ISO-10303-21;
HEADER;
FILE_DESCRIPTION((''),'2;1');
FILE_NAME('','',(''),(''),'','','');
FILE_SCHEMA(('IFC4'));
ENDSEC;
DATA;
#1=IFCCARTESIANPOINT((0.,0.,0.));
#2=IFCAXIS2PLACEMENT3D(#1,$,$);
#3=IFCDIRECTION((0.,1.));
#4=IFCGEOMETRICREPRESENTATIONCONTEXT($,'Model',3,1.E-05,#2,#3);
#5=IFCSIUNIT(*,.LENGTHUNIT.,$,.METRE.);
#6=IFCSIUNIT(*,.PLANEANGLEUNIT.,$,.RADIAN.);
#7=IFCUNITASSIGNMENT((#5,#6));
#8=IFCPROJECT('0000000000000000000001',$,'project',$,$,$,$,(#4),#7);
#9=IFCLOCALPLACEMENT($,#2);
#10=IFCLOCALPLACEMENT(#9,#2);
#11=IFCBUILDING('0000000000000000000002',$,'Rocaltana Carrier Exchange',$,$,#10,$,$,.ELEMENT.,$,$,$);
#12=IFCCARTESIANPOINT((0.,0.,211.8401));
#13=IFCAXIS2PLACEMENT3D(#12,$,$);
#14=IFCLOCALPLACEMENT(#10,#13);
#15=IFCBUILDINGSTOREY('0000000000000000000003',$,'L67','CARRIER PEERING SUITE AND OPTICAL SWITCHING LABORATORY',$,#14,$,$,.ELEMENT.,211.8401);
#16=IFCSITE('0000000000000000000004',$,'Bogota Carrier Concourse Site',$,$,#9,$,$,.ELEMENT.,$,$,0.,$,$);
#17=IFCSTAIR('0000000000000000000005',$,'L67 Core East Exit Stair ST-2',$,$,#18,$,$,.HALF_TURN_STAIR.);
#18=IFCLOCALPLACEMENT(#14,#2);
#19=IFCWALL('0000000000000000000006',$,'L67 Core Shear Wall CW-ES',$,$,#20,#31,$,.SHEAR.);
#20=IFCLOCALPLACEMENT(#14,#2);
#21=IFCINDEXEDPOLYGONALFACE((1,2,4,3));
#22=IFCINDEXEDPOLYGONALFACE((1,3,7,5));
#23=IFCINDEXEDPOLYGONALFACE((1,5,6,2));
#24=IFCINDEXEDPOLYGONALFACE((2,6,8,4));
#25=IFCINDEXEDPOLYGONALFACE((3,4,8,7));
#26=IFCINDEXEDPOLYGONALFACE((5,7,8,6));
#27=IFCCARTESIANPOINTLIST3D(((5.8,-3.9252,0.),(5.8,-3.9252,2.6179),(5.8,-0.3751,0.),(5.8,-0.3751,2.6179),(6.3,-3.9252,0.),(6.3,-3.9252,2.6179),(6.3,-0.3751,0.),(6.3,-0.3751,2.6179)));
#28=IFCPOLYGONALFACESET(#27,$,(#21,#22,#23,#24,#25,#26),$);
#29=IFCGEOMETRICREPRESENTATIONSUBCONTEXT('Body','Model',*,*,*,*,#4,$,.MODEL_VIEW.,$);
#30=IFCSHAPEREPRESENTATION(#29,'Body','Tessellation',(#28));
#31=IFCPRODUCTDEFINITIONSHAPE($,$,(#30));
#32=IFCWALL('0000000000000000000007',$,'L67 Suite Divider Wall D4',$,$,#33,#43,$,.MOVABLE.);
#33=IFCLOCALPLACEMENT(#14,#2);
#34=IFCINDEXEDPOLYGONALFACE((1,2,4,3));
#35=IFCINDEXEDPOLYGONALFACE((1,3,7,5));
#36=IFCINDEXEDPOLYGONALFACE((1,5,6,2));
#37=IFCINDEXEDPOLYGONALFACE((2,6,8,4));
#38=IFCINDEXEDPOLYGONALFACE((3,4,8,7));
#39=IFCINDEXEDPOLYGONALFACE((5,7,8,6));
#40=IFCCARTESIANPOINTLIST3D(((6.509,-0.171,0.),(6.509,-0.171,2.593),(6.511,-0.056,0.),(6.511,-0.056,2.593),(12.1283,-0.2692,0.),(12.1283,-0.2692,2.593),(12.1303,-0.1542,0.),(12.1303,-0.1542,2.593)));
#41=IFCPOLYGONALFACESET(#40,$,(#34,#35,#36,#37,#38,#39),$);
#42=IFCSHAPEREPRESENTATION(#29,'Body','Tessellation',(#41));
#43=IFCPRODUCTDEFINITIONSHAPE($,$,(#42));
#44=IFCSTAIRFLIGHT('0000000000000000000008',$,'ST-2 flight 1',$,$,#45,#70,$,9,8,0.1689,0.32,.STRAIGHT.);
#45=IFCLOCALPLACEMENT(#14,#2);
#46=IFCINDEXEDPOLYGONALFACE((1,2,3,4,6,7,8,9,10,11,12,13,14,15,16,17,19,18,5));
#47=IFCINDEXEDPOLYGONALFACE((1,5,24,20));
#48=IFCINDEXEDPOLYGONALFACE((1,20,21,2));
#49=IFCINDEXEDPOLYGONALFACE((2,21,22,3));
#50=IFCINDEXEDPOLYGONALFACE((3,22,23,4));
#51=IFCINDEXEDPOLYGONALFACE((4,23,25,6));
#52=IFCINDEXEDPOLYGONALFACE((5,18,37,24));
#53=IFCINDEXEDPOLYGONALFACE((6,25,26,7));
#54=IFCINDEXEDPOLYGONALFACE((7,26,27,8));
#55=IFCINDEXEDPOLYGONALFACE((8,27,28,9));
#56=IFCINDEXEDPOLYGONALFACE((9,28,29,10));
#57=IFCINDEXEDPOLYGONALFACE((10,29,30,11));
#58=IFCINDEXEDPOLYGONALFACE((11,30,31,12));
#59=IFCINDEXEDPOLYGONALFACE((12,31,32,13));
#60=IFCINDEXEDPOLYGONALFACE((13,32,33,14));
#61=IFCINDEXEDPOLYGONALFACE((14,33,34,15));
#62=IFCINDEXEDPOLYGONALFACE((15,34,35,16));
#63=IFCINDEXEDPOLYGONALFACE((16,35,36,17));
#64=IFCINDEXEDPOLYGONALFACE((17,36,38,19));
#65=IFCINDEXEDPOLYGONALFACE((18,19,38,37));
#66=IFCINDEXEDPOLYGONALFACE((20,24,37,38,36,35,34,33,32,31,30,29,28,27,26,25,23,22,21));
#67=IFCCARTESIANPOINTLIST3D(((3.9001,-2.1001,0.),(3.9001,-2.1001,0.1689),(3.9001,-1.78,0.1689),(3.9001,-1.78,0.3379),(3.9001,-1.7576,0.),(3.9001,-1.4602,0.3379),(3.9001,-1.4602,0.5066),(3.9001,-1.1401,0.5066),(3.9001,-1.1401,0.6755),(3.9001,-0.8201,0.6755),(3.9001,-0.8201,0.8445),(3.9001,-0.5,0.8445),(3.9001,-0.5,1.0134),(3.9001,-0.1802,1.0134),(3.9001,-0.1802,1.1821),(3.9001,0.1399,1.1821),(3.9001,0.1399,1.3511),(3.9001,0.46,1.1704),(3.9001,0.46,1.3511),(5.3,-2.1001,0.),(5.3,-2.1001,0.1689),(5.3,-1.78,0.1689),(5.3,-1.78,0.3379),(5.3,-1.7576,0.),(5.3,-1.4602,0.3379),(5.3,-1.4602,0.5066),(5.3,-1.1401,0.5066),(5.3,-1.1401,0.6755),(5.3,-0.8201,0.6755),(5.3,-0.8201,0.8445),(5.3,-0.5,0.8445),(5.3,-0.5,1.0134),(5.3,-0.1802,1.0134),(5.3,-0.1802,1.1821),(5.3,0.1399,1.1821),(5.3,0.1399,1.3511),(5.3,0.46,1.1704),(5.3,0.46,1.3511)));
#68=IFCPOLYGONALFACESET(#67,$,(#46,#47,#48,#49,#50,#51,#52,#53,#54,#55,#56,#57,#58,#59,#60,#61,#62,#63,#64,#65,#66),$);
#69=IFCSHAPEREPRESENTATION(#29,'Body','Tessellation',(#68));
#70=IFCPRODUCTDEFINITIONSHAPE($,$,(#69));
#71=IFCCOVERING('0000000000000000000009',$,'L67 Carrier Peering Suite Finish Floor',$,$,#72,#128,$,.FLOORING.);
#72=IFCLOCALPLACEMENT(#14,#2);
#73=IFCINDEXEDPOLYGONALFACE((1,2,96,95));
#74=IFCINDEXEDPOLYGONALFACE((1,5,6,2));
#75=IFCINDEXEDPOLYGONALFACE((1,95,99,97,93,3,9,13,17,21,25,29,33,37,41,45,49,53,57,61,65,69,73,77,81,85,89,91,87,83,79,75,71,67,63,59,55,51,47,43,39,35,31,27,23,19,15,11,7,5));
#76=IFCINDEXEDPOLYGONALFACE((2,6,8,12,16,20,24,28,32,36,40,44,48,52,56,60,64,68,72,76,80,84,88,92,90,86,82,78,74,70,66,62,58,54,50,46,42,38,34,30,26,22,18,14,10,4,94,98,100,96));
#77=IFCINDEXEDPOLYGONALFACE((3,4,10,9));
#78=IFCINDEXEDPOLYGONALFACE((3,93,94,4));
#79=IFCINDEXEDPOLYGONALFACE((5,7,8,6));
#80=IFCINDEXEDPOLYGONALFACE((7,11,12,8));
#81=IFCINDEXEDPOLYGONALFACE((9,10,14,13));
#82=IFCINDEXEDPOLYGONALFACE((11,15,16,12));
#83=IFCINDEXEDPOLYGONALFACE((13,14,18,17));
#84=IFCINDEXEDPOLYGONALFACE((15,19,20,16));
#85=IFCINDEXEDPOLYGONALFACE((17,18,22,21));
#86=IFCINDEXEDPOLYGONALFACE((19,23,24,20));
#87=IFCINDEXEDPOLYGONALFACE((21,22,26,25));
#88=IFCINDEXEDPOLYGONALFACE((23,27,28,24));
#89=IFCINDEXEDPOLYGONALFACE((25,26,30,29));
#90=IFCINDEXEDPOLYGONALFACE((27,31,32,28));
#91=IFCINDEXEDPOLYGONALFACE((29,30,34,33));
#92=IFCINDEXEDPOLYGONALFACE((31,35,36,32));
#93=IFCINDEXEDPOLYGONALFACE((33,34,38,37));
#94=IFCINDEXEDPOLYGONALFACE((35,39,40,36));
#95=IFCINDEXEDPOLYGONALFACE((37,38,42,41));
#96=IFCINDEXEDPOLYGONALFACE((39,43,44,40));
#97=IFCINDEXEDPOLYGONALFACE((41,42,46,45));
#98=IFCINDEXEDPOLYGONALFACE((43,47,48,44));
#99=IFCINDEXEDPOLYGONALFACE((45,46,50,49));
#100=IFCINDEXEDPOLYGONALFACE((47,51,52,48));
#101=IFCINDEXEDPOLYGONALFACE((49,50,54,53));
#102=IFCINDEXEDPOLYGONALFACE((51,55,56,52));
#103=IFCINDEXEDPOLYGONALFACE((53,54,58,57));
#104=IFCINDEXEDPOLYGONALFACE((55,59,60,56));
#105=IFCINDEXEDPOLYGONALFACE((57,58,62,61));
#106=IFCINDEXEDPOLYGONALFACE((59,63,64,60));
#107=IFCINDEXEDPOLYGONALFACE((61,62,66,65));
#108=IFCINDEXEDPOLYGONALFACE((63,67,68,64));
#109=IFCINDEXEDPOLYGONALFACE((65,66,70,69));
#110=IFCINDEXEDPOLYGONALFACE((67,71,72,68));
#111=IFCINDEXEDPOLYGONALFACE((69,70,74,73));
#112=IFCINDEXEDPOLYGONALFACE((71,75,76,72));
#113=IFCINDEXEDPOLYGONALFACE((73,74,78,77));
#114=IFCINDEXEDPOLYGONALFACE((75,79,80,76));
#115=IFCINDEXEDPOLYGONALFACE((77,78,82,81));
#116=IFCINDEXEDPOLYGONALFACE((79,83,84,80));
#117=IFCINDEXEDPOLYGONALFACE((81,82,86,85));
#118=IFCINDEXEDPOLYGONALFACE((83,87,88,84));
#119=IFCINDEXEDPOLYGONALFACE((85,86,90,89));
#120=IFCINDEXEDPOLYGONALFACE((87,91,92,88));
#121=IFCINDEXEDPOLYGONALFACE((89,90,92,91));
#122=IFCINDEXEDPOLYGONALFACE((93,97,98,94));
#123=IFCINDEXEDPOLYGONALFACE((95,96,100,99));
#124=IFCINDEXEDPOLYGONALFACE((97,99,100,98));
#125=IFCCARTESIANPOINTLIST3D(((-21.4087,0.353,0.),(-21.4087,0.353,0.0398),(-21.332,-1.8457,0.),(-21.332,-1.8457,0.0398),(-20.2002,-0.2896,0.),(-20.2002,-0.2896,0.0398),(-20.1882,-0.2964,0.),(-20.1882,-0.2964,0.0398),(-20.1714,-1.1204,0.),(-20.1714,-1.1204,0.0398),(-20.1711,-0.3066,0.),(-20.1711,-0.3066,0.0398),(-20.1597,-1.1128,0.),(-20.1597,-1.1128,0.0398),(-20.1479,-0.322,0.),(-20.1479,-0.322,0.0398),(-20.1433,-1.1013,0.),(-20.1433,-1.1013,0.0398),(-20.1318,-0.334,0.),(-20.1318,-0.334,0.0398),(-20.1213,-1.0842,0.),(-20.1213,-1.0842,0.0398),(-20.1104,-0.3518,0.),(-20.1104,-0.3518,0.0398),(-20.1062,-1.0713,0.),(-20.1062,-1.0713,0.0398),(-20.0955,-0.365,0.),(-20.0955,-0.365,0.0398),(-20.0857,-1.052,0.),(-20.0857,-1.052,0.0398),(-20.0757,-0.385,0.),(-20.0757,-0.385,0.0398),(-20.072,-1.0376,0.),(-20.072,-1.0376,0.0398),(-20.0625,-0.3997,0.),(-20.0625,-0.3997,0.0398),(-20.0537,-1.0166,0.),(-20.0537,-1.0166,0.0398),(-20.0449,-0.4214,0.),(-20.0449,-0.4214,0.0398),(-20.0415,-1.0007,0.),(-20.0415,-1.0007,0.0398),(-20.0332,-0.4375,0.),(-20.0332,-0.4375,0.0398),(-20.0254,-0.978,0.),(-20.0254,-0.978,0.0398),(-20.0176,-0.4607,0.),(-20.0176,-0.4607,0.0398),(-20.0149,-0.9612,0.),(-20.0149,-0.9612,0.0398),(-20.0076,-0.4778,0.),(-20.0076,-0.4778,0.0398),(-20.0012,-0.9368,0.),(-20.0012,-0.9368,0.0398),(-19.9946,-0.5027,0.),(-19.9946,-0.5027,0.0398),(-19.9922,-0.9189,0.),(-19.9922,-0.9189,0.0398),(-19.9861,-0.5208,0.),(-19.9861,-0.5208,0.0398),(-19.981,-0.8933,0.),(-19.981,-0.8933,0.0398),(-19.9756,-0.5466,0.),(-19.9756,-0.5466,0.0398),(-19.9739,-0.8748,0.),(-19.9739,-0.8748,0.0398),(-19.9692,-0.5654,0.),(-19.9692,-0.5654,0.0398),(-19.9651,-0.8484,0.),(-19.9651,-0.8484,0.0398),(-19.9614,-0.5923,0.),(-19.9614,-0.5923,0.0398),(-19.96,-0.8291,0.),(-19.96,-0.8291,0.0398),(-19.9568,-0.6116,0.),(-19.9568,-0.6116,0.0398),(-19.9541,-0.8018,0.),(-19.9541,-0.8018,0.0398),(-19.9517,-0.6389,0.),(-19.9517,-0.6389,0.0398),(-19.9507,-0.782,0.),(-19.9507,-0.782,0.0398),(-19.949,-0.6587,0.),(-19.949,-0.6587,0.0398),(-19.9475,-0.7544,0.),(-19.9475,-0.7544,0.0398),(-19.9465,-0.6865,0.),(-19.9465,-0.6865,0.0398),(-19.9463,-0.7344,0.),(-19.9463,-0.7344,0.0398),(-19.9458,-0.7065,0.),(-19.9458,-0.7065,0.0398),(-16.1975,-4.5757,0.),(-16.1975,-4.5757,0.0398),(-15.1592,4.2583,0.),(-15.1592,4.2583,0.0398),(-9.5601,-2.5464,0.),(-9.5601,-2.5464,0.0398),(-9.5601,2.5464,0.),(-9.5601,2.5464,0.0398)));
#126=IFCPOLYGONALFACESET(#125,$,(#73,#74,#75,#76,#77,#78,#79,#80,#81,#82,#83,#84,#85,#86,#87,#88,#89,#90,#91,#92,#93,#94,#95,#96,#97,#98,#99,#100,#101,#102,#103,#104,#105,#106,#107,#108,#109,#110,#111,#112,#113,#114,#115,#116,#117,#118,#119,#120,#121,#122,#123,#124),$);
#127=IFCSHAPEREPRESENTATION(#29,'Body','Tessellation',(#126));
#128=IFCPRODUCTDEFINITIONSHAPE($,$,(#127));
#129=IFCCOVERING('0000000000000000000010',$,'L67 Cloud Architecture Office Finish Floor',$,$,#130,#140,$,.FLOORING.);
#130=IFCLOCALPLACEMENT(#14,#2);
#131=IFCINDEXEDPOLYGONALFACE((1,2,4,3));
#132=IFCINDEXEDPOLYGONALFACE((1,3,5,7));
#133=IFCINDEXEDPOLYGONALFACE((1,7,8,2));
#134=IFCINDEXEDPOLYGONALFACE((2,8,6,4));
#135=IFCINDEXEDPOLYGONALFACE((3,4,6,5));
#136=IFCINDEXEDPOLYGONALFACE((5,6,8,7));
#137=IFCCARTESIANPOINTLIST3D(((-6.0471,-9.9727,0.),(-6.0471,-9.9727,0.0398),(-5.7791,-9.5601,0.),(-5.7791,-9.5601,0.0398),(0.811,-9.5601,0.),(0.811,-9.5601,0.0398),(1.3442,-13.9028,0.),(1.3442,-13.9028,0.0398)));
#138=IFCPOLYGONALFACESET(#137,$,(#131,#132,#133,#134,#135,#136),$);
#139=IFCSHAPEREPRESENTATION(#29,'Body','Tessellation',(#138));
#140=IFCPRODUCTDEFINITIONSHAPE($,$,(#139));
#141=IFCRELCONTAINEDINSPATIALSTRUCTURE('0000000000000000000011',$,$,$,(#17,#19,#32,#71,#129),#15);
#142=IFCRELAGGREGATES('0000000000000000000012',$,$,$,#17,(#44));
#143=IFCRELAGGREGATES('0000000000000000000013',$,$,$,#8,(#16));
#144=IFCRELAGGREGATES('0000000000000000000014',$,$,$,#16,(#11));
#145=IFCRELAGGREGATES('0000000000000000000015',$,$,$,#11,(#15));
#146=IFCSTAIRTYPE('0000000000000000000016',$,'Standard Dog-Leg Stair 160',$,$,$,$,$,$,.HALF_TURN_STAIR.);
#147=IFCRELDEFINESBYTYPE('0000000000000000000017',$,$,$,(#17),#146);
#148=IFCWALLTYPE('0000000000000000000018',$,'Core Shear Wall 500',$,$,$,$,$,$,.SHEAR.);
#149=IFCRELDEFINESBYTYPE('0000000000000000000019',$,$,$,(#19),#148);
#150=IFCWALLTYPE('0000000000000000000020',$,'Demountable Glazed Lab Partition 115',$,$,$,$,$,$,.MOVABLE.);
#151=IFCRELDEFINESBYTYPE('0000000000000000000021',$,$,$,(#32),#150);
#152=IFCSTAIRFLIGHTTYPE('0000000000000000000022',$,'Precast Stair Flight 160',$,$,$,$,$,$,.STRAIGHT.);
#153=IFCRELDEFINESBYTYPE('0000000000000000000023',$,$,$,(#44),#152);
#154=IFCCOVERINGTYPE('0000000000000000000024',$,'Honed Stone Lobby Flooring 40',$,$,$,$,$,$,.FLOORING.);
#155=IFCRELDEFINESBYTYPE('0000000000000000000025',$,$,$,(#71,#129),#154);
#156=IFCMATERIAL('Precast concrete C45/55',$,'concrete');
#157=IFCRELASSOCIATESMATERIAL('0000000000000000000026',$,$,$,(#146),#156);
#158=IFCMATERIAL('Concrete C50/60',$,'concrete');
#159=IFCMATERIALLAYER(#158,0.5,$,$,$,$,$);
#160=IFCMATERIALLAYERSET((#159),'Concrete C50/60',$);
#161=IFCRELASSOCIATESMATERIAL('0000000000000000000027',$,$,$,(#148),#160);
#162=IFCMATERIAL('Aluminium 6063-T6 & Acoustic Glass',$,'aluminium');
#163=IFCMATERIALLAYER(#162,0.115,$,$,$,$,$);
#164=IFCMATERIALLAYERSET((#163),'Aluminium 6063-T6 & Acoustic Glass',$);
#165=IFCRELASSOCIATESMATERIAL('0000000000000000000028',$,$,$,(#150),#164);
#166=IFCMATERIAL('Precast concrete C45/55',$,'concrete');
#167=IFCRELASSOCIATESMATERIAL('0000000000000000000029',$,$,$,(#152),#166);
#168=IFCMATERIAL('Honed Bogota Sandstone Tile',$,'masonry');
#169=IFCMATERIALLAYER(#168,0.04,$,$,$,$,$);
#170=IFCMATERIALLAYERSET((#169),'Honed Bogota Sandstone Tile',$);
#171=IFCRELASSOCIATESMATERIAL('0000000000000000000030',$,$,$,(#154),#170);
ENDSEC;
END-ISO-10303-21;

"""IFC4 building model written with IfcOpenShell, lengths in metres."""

from ifc_helpers import new_model, si_unit, direction, frame, frame_2d, origin, place, context, subcontext, project, spatial, polyline, rectangle, outline, extrude, material, layer, layer_set, type_object, element, aggregate, save


model = new_model("IFC4")

# Units and contexts
model_context = context("Model", 3, precision=1e-05, world=origin(), true_north=direction((0.0, 1.0)))
body_context = subcontext(model_context, "Body", "Model", "MODEL_VIEW")
ifc_project = project(units=[si_unit("LENGTHUNIT", "METRE"), si_unit("PLANEANGLEUNIT", "RADIAN")], contexts=[model_context])

# Site, building, storey
site_placement = place(None, origin())
site = spatial("IfcSite", under=ifc_project, at=site_placement, Name="Bogota Carrier Concourse Site", CompositionType="ELEMENT", RefElevation=0.0)
building_placement = place(site_placement, origin())
building = spatial("IfcBuilding", under=site, at=building_placement, Name="Rocaltana Carrier Exchange", CompositionType="ELEMENT")
storey_placement = place(building_placement, frame((0.0, 0.0, 211.8401)))
storey = spatial("IfcBuildingStorey", under=building, at=storey_placement, Name="L67", Description="CARRIER PEERING SUITE AND OPTICAL SWITCHING LABORATORY", CompositionType="ELEMENT", Elevation=211.8401)

# Stair
ifc_material_1 = material(Name="Precast concrete C45/55", Category="concrete")
stair_type = type_object("IfcStairType", Name="Standard Dog-Leg Stair 160", PredefinedType="HALF_TURN_STAIR", material=ifc_material_1)
stair_1_placement = place(storey_placement, origin())
stair_1 = element("IfcStair", 1, at=stair_1_placement, inside=storey, type_object=stair_type, Name="L67 Core East Exit Stair ST-2", PredefinedType="HALF_TURN_STAIR")

# Walls
ifc_material_2 = material(Name="Concrete C50/60", Category="concrete")
ifc_layer_1 = layer(ifc_material_2, 0.5)
ifc_layer_set_1 = layer_set([ifc_layer_1], Name="Concrete C50/60")
wall_type_1 = type_object("IfcWallType", Name="Core Shear Wall 500", PredefinedType="SHEAR", material=ifc_layer_set_1)
wall_1_placement = place(storey_placement, frame((6.05, -3.925, 0.0), z_axis=(0.0, 0.0, 1.0), x_axis=(0.0, 1.0, 0.0)))
element("IfcWall", 2, at=wall_1_placement, inside=storey, type_object=wall_type_1, Name="L67 Core Shear Wall CW-ES", PredefinedType="SHEAR", context=body_context, shape_type="SweptSolid", body=[
    extrude(rectangle(XDim=3.55, YDim=0.5, at=frame_2d((1.7749, 0.0))), origin(), (0.0, 0.0, 1.0), 2.6179),
])
ifc_material_3 = material(Name="Aluminium 6063-T6 & Acoustic Glass", Category="aluminium")
ifc_layer_2 = layer(ifc_material_3, 0.115)
ifc_layer_set_2 = layer_set([ifc_layer_2], Name="Aluminium 6063-T6 & Acoustic Glass")
wall_type_2 = type_object("IfcWallType", Name="Demountable Glazed Lab Partition 115", PredefinedType="MOVABLE", material=ifc_layer_set_2)
wall_2_placement = place(storey_placement, frame((6.51, -0.1135, 0.0), z_axis=(0.0, 0.0, 1.0), x_axis=(0.999848, -0.017463, 0.0)))
element("IfcWall", 3, at=wall_2_placement, inside=storey, type_object=wall_type_2, Name="L67 Suite Divider Wall D4", PredefinedType="MOVABLE", context=body_context, shape_type="SweptSolid", body=[
    extrude(rectangle(XDim=5.6201, YDim=0.115, at=frame_2d((2.8101, 0.0))), origin(), (0.0, 0.0, 1.0), 2.593),
])

# Stair flight
ifc_material_4 = material(Name="Precast concrete C45/55", Category="concrete")
stair_flight_type = type_object("IfcStairFlightType", Name="Precast Stair Flight 160", PredefinedType="STRAIGHT", material=ifc_material_4)
stair_flight_placement = place(storey_placement, frame((4.6001, -2.1001, 0.0), z_axis=(0.0, 0.0, 1.0), x_axis=(0.0, 1.0, 0.0)))
stair_flight = element("IfcStairFlight", 4, at=stair_flight_placement, type_object=stair_flight_type, Name="ST-2 flight 1", NumberOfRisers=9, NumberOfTreads=8, PredefinedType="STRAIGHT", RiserHeight=0.1689, TreadLength=0.32, context=body_context, shape_type="SweptSolid", body=[
    extrude(outline(polyline([(0.0, 0.0), (0.0, 0.1689), (0.3201, 0.1689), (0.3201, 0.3379), (0.6399, 0.3379), (0.6399, 0.5066), (0.96, 0.5066), (0.96, 0.6755), (1.28, 0.6755), (1.28, 0.8445), (1.6001, 0.8445), (1.6001, 1.0134), (1.9199, 1.0134), (1.9199, 1.1821), (2.24, 1.1821), (2.24, 1.3511), (2.5601, 1.3511), (2.5601, 1.52), (2.5601, 1.1704), (0.3425, 0.0), (0.0, 0.0)])), frame((0.0, 0.7, 0.0), z_axis=(0.0, -1.0, 0.0), x_axis=(1.0, 0.0, 0.0)), (0.0, 0.0, 1.0), 1.3999),
])
aggregate(stair_1, [stair_flight])

# Coverings
ifc_material_5 = material(Name="Honed Bogota Sandstone Tile", Category="masonry")
ifc_layer_3 = layer(ifc_material_5, 0.04)
ifc_layer_set_3 = layer_set([ifc_layer_3], Name="Honed Bogota Sandstone Tile")
covering_type_1 = type_object("IfcCoveringType", Name="Honed Stone Lobby Flooring 40", PredefinedType="FLOORING", material=ifc_layer_set_3)
covering_1_placement = place(storey_placement, origin())
element("IfcCovering", 5, at=covering_1_placement, inside=storey, type_object=covering_type_1, Name="L67 Carrier Peering Suite Finish Floor", PredefinedType="FLOORING", context=body_context, shape_type="SweptSolid", body=[
    extrude(outline(polyline([(-20.1714, -1.1204), (-20.1597, -1.1128), (-20.1433, -1.1013), (-20.1213, -1.0842), (-20.1062, -1.0713), (-20.0857, -1.052), (-20.072, -1.0376), (-20.0537, -1.0166), (-20.0415, -1.0007), (-20.0254, -0.978), (-20.0149, -0.9612), (-20.0012, -0.9368), (-19.9922, -0.9189), (-19.981, -0.8933), (-19.9739, -0.8748), (-19.9651, -0.8484), (-19.96, -0.8291), (-19.9541, -0.8018), (-19.9507, -0.782), (-19.9475, -0.7544), (-19.9463, -0.7344), (-19.9458, -0.7065), (-19.9465, -0.6865), (-19.949, -0.6587), (-19.9517, -0.6389), (-19.9568, -0.6116), (-19.9614, -0.5923), (-19.9692, -0.5654), (-19.9756, -0.5466), (-19.9861, -0.5208), (-19.9946, -0.5027), (-20.0076, -0.4778), (-20.0176, -0.4607), (-20.0332, -0.4375), (-20.0449, -0.4214), (-20.0625, -0.3997), (-20.0757, -0.385), (-20.0955, -0.365), (-20.1104, -0.3518), (-20.1318, -0.334), (-20.1479, -0.322), (-20.1711, -0.3066), (-20.1882, -0.2964), (-20.2002, -0.2896), (-21.4087, 0.353), (-15.1592, 4.2583), (-9.5601, 2.5464), (-9.5601, -2.5464), (-16.1975, -4.5757), (-21.332, -1.8457), (-20.1714, -1.1204)])), origin(), (0.0, 0.0, 1.0), 0.0398),
])
covering_2_placement = place(storey_placement, origin())
element("IfcCovering", 6, at=covering_2_placement, inside=storey, type_object=covering_type_1, Name="L67 Cloud Architecture Office Finish Floor", PredefinedType="FLOORING", context=body_context, shape_type="SweptSolid", body=[
    extrude(outline(polyline([(-6.0471, -9.9727), (-5.7791, -9.5601), (0.811, -9.5601), (1.3442, -13.9028), (-6.0471, -9.9727)])), origin(), (0.0, 0.0, 1.0), 0.0398),
])

save(model, "model.ifc")
